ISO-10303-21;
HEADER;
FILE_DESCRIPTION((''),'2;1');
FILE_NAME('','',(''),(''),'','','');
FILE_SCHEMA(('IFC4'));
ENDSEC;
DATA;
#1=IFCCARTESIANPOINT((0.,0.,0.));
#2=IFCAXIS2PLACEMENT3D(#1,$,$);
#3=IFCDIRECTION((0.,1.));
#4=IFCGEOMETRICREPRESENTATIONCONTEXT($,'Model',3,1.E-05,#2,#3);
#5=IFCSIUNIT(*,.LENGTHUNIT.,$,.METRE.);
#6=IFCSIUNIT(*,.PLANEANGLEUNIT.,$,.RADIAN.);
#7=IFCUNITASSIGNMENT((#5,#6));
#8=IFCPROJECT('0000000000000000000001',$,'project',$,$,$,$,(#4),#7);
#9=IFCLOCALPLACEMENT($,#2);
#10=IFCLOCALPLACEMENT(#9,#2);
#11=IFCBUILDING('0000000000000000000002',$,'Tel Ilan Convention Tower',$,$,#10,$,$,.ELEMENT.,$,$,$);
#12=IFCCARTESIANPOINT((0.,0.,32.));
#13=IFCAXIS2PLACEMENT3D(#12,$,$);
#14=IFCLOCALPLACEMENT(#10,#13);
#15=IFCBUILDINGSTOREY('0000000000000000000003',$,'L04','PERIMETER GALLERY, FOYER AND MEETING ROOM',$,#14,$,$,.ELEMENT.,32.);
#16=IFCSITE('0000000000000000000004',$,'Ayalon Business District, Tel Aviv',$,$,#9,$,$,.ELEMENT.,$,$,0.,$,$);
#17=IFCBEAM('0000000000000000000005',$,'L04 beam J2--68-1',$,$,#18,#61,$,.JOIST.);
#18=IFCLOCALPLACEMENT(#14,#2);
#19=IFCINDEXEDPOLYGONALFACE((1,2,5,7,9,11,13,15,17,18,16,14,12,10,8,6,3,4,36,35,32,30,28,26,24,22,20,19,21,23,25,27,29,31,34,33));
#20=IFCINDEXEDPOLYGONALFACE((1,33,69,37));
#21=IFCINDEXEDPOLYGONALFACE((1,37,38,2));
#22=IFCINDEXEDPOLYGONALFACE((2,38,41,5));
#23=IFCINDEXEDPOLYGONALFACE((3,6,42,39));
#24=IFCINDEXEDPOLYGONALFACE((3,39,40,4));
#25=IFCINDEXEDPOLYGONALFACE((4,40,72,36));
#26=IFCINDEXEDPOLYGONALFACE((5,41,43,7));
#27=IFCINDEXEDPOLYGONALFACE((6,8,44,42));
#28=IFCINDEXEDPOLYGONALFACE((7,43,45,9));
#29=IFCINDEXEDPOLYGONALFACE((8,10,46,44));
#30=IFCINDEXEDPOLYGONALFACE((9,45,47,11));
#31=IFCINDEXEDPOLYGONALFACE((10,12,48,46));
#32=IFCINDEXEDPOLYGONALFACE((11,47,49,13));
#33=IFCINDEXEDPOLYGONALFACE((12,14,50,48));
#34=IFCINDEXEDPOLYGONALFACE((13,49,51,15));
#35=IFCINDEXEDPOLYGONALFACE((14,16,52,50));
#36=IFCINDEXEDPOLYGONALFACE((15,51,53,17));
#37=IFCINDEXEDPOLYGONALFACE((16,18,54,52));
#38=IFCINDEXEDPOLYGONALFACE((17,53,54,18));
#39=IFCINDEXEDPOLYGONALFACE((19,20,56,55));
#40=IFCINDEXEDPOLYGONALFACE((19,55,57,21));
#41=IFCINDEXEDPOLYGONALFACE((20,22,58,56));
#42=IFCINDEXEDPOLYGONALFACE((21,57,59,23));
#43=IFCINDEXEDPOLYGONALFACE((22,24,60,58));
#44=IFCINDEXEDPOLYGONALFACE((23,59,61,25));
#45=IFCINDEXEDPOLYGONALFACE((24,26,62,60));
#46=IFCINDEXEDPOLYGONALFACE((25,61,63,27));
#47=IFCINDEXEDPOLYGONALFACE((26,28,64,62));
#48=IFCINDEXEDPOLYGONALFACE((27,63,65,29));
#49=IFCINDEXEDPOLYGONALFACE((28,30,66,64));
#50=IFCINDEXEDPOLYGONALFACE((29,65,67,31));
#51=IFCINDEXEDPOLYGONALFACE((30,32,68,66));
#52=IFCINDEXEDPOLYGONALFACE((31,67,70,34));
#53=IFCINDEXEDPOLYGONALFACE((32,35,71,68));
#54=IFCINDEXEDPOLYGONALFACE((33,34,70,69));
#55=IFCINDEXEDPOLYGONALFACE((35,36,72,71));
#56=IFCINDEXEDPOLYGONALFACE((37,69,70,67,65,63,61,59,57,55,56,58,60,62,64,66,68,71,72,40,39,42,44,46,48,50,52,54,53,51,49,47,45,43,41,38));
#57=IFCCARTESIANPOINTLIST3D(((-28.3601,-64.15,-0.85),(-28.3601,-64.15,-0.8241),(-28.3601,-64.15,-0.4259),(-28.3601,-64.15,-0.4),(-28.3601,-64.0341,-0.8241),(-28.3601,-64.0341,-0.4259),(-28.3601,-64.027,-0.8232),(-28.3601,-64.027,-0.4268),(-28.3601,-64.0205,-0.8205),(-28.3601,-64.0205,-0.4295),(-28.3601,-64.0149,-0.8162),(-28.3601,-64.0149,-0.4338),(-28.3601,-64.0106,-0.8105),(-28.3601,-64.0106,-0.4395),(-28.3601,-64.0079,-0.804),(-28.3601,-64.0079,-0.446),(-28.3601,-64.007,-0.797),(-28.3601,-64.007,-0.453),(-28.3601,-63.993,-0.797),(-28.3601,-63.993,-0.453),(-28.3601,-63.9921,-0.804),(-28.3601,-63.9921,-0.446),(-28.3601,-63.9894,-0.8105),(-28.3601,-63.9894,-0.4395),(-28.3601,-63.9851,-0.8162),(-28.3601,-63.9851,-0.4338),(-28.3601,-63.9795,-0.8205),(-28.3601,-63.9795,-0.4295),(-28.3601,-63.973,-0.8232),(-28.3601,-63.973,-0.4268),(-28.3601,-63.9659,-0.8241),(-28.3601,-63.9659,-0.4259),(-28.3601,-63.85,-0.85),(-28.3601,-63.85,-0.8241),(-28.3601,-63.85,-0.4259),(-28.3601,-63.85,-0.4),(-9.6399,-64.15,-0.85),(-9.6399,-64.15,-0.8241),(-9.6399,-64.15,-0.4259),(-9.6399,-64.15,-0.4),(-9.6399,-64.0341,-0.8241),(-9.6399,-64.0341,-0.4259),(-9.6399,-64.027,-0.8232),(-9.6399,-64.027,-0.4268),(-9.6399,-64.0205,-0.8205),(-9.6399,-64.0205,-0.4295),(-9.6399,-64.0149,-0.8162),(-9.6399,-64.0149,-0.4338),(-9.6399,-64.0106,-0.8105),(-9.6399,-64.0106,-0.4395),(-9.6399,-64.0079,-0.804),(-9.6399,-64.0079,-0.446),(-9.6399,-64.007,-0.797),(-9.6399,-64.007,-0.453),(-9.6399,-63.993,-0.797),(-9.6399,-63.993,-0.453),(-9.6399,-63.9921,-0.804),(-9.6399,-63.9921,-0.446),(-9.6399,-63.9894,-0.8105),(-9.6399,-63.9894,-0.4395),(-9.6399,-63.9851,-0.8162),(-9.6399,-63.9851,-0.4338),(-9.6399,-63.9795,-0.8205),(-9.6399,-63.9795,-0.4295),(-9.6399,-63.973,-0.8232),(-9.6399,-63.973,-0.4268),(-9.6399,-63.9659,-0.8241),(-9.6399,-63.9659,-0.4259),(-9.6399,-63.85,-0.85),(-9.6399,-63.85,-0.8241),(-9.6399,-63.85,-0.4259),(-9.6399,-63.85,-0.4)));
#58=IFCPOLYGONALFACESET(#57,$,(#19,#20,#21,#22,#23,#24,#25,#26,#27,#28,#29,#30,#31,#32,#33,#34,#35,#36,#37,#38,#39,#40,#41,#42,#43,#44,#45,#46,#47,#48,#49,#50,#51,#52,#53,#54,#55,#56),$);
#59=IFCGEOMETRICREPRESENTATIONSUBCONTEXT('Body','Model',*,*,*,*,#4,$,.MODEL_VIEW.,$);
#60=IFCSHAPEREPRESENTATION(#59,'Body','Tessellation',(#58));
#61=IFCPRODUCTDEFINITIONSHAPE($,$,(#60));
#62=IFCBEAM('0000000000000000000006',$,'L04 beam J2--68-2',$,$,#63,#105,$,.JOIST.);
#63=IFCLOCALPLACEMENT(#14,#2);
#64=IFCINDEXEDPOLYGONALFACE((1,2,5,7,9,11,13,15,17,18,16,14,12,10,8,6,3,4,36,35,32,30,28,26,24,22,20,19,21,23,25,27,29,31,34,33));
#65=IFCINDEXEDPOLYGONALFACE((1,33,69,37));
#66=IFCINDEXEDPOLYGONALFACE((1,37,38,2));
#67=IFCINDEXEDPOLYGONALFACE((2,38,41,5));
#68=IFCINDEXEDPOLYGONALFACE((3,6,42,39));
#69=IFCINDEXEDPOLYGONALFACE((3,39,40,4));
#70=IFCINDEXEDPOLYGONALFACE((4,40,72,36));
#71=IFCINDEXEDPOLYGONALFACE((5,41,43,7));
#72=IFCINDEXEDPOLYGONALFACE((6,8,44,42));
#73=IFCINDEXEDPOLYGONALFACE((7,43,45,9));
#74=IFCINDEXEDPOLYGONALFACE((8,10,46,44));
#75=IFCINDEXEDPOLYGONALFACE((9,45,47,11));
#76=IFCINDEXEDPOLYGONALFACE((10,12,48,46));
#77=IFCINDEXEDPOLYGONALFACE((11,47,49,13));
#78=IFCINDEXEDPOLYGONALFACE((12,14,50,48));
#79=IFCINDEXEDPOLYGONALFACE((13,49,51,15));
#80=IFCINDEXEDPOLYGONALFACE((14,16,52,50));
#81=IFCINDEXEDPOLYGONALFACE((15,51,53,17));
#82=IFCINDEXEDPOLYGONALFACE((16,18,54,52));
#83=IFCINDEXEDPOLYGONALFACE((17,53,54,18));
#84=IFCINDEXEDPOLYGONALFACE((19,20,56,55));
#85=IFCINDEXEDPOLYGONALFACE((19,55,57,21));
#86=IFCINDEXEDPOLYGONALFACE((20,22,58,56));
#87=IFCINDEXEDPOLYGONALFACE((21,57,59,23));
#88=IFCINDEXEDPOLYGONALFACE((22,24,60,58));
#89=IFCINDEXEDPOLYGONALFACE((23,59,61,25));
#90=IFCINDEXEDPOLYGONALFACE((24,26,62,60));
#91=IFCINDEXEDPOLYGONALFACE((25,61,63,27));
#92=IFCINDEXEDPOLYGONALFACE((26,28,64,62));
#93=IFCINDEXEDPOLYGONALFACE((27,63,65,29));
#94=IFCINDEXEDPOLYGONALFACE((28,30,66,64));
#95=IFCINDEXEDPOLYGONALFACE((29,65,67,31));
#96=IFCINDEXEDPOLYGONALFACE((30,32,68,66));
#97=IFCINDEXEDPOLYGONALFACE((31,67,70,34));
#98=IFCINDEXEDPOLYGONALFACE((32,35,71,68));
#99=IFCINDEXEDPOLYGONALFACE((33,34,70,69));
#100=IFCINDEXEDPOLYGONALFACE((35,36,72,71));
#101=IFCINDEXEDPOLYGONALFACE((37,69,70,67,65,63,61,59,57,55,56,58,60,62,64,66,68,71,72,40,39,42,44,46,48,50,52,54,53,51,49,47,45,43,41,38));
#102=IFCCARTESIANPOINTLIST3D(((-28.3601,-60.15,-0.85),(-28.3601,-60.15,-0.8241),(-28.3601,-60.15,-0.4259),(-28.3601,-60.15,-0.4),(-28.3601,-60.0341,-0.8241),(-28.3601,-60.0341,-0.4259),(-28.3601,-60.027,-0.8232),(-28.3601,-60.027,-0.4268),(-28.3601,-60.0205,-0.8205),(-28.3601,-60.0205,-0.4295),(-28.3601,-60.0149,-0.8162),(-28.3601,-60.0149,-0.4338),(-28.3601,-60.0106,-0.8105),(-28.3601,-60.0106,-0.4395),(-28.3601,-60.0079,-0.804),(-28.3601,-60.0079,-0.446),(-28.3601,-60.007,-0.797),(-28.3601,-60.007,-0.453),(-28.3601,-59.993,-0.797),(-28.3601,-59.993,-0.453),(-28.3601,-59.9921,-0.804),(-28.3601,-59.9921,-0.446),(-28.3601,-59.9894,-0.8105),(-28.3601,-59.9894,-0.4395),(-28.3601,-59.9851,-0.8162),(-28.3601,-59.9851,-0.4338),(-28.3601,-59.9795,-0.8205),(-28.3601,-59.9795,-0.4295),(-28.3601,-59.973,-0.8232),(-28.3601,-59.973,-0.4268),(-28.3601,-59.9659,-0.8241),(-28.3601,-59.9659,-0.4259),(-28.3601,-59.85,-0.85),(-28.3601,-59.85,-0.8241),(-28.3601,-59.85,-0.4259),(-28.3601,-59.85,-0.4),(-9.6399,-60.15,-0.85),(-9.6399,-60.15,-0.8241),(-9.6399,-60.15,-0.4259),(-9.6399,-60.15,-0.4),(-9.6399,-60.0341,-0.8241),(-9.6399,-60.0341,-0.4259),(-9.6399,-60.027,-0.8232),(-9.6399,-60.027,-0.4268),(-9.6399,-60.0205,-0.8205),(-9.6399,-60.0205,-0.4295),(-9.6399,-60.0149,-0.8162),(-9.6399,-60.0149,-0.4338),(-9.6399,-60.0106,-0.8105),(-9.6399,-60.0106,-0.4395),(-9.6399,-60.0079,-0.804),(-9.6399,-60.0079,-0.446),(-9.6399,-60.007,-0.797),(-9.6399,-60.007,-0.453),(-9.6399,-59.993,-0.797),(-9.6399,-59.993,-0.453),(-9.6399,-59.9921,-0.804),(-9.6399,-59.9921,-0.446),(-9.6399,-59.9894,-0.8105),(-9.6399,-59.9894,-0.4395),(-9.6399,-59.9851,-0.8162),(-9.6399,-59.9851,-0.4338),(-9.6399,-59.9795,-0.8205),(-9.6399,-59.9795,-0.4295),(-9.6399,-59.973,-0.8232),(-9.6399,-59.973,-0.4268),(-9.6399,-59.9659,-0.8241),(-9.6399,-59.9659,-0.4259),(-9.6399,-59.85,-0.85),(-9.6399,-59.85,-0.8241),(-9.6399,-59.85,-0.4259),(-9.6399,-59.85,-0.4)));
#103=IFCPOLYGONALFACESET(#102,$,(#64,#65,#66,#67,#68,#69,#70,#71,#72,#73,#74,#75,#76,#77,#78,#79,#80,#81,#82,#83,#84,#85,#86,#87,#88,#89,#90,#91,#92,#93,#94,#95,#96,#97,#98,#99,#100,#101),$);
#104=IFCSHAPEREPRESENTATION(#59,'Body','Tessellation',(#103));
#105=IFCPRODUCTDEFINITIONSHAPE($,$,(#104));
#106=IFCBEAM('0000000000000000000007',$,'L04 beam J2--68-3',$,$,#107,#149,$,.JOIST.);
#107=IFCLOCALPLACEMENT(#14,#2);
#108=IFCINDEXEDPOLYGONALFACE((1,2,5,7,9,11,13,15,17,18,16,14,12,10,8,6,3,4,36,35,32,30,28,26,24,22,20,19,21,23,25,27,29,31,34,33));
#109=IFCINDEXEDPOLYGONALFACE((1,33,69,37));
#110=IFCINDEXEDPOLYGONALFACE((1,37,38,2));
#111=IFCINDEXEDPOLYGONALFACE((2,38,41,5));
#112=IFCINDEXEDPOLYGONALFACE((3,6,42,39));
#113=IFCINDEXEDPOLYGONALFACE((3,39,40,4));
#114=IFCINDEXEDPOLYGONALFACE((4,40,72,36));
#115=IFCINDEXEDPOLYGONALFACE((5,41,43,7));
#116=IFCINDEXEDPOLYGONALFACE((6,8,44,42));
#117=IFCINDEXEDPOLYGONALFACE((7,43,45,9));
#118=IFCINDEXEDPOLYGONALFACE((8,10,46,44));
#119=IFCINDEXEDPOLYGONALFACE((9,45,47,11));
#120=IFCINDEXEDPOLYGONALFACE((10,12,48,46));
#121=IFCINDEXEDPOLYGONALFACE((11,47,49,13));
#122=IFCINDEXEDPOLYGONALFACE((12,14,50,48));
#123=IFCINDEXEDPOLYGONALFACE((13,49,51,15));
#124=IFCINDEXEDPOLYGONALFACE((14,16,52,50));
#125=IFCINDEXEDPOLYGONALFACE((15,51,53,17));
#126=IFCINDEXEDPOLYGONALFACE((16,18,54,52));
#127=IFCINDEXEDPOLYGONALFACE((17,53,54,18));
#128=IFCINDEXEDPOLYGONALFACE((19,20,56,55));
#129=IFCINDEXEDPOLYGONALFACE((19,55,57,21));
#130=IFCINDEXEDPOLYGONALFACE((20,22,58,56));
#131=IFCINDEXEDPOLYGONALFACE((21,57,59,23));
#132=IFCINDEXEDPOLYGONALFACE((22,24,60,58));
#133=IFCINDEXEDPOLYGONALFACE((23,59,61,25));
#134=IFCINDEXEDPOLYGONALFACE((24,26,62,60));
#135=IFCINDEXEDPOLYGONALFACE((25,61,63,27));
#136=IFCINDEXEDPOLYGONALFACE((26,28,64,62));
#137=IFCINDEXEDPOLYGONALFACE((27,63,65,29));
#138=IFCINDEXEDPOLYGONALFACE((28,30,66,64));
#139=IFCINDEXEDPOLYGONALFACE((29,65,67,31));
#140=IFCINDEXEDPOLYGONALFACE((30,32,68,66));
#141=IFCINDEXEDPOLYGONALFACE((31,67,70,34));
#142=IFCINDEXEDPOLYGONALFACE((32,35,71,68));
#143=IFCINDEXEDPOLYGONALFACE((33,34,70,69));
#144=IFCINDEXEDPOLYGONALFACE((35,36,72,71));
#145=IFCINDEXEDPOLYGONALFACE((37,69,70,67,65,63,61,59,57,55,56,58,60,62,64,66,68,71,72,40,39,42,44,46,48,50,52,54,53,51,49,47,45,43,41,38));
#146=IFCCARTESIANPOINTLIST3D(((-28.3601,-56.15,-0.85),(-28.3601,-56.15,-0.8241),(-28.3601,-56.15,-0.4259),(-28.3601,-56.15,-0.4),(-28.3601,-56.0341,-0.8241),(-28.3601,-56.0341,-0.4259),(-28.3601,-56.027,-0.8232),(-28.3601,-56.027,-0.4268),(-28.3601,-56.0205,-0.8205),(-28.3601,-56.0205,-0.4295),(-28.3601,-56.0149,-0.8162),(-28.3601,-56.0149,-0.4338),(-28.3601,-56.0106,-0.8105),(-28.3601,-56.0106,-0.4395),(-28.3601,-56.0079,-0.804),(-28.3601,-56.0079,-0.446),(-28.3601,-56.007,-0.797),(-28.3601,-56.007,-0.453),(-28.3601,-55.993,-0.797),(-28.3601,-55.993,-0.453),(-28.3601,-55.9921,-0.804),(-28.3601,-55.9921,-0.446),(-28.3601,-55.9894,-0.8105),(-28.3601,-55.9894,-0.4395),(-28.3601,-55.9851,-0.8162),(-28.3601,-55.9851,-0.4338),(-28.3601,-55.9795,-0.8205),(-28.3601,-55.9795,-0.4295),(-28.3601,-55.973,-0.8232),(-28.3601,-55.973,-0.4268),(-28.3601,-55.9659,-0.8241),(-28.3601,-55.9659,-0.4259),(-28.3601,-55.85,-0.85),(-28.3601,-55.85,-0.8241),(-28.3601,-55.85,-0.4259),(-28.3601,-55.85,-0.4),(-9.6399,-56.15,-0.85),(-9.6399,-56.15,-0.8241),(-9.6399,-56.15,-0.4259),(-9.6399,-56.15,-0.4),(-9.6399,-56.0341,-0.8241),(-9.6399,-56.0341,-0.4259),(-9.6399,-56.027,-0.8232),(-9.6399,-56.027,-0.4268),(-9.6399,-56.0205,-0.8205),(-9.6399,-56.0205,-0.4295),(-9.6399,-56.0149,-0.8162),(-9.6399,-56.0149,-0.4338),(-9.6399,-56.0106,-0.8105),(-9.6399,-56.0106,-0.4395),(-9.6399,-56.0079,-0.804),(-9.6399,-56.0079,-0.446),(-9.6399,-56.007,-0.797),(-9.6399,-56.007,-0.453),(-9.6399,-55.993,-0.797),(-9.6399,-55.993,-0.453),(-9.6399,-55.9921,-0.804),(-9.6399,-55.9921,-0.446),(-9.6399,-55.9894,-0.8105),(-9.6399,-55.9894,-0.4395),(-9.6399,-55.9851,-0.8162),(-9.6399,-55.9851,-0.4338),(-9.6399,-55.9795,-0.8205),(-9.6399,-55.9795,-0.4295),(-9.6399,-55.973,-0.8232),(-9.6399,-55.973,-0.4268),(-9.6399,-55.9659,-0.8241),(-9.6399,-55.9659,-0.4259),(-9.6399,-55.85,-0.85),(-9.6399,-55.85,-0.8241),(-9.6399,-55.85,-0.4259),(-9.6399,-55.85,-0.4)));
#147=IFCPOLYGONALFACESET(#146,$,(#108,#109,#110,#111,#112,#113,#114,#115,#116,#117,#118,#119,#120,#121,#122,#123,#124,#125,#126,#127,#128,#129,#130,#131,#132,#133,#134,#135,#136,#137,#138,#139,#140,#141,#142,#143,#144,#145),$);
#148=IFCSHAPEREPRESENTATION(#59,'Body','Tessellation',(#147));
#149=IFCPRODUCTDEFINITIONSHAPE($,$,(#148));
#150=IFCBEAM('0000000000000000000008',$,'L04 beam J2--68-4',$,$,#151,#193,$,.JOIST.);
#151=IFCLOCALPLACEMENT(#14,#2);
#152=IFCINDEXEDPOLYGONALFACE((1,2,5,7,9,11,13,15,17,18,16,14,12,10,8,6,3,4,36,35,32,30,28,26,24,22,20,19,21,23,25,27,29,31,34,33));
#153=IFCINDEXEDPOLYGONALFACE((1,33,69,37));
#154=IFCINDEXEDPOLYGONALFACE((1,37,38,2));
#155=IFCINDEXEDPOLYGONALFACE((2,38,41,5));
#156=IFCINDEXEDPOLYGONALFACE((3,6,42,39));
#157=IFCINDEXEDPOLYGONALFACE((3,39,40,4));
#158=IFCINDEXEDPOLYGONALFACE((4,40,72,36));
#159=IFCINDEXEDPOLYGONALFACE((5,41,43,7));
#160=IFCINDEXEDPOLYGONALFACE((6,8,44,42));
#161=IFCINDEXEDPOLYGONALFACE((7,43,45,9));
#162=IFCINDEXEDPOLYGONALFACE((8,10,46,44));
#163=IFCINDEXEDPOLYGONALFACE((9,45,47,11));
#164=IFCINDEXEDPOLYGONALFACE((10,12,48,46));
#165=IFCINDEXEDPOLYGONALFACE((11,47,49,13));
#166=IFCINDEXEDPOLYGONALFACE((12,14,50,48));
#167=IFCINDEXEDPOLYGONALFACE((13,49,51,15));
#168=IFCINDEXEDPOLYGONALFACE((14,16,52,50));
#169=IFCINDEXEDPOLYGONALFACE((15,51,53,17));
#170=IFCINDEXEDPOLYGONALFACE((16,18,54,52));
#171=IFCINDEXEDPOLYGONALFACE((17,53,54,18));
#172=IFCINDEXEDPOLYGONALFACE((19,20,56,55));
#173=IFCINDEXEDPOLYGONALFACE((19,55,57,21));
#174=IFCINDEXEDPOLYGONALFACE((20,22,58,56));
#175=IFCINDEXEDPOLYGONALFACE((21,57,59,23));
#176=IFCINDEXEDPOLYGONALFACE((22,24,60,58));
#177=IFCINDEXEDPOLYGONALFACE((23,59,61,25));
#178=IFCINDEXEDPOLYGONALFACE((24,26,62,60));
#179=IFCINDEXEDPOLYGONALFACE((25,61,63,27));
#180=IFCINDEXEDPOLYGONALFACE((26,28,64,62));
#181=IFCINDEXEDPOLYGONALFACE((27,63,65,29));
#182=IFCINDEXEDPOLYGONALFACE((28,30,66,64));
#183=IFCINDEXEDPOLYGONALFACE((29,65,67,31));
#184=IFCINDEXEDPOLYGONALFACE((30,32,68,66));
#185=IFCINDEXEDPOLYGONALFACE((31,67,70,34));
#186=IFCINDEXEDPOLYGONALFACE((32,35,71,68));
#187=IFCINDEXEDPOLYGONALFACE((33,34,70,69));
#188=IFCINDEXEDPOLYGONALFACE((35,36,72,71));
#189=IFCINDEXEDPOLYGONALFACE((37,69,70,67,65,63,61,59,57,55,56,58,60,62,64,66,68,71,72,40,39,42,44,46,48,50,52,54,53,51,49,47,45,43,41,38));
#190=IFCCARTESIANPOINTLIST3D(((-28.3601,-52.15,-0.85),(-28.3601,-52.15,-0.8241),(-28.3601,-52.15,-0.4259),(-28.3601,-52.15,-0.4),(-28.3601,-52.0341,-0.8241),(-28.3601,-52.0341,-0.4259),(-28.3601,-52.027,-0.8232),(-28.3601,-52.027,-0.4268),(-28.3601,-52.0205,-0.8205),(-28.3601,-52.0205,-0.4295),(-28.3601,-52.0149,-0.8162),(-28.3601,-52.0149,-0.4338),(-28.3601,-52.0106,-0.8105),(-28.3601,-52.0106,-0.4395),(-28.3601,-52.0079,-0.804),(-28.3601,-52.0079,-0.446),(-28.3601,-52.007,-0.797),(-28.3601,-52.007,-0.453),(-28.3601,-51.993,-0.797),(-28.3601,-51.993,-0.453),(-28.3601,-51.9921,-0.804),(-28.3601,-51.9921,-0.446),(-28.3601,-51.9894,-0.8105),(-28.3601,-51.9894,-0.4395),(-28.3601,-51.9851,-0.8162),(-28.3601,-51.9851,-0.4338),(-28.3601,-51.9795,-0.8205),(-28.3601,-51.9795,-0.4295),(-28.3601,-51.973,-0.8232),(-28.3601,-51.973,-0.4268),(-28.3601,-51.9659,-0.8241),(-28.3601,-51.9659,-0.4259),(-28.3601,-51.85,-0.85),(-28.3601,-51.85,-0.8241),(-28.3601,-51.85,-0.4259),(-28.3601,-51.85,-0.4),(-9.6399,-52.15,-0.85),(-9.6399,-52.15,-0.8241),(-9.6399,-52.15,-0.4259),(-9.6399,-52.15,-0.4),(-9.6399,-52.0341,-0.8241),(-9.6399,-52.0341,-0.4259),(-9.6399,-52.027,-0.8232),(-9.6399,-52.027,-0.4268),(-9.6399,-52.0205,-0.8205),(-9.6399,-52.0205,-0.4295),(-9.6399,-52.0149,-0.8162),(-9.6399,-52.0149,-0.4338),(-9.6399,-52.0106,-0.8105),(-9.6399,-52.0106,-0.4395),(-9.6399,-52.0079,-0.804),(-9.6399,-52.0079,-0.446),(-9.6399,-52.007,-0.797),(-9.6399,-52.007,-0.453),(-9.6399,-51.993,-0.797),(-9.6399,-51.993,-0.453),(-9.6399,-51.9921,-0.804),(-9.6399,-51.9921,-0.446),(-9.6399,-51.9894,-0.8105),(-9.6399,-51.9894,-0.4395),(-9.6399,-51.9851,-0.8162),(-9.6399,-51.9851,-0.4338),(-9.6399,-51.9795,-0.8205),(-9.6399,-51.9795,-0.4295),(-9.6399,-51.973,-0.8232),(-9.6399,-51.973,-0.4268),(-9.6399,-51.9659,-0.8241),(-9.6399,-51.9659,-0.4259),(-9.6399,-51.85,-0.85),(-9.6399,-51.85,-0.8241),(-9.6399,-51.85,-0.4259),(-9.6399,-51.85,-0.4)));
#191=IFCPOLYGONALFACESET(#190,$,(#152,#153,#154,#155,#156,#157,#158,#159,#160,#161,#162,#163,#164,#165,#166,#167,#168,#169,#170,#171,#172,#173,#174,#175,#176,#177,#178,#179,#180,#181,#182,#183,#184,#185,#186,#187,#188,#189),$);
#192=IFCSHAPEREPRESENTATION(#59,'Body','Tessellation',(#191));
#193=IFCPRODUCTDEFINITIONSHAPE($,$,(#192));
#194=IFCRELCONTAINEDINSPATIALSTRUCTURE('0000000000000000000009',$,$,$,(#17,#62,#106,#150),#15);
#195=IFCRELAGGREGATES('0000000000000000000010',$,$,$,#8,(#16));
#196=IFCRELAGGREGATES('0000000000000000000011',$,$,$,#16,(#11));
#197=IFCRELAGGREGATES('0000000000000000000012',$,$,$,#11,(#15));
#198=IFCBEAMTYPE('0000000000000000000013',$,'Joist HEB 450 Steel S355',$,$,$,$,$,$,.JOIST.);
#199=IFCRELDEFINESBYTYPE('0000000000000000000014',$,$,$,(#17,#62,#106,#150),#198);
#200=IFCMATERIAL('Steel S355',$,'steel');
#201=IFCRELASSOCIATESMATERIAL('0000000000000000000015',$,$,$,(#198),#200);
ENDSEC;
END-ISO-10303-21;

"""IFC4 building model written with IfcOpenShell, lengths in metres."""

from ifc_helpers import new_model, si_unit, direction, frame, origin, origin_2d, place, context, subcontext, project, spatial, i_section, extrude, material, material_profile, profile_set, type_object, element, save


model = new_model("IFC4")

# Units and contexts
model_context = context("Model", 3, precision=1e-05, world=origin(), true_north=direction((0.0, 1.0)))
body_context = subcontext(model_context, "Body", "Model", "MODEL_VIEW")
ifc_project = project(units=[si_unit("LENGTHUNIT", "METRE"), si_unit("PLANEANGLEUNIT", "RADIAN")], contexts=[model_context])

# Site, building, storey
site_placement = place(None, origin())
site = spatial("IfcSite", under=ifc_project, at=site_placement, Name="Ayalon Business District, Tel Aviv", CompositionType="ELEMENT", RefElevation=0.0)
building_placement = place(site_placement, origin())
building = spatial("IfcBuilding", under=site, at=building_placement, Name="Tel Ilan Convention Tower", CompositionType="ELEMENT")
storey_placement = place(building_placement, frame((0.0, 0.0, 32.0)))
storey = spatial("IfcBuildingStorey", under=building, at=storey_placement, Name="L04", Description="PERIMETER GALLERY, FOYER AND MEETING ROOM", CompositionType="ELEMENT", Elevation=32.0)

# Beams
ifc_material_1 = material(Name="Steel S355", Category="steel")
ifc_material_profile_1 = material_profile(ifc_material_1, i_section(OverallWidth=0.3, OverallDepth=0.45, WebThickness=0.0139, FlangeThickness=0.0259, FilletRadius=0.0271, at=origin_2d()), Name="HEB 450")
ifc_profile_set_1 = profile_set([ifc_material_profile_1], Name="Steel S355")
beam_type_1 = type_object("IfcBeamType", Name="Joist HEB 450 Steel S355", PredefinedType="JOIST", material=ifc_profile_set_1)
for number, where, z_axis, x_axis, name in (
    (1, (-28.3601, -64.0, -0.625), (1.0, 0.0, 0.0), (0.0, 1.0, 0.0), "L04 beam J2--68-1"),
    (2, (-28.3601, -60.0, -0.625), (1.0, 0.0, 0.0), (0.0, 1.0, 0.0), "L04 beam J2--68-2"),
    (3, (-28.3601, -56.0, -0.625), (1.0, 0.0, 0.0), (0.0, 1.0, 0.0), "L04 beam J2--68-3"),
    (4, (-28.3601, -52.0, -0.625), (1.0, 0.0, 0.0), (0.0, 1.0, 0.0), "L04 beam J2--68-4"),
):
    element("IfcBeam", number, at=place(storey_placement, frame(where, z_axis=z_axis, x_axis=x_axis)), inside=storey, type_object=beam_type_1, Name=name, PredefinedType="JOIST", context=body_context, shape_type="SweptSolid", body=[
        extrude(i_section(OverallWidth=0.3, OverallDepth=0.45, WebThickness=0.0139, FlangeThickness=0.0259, FilletRadius=0.0271, at=origin_2d()), origin(), (0.0, 0.0, 1.0), 18.7202),
    ])

save(model, "model.ifc")
